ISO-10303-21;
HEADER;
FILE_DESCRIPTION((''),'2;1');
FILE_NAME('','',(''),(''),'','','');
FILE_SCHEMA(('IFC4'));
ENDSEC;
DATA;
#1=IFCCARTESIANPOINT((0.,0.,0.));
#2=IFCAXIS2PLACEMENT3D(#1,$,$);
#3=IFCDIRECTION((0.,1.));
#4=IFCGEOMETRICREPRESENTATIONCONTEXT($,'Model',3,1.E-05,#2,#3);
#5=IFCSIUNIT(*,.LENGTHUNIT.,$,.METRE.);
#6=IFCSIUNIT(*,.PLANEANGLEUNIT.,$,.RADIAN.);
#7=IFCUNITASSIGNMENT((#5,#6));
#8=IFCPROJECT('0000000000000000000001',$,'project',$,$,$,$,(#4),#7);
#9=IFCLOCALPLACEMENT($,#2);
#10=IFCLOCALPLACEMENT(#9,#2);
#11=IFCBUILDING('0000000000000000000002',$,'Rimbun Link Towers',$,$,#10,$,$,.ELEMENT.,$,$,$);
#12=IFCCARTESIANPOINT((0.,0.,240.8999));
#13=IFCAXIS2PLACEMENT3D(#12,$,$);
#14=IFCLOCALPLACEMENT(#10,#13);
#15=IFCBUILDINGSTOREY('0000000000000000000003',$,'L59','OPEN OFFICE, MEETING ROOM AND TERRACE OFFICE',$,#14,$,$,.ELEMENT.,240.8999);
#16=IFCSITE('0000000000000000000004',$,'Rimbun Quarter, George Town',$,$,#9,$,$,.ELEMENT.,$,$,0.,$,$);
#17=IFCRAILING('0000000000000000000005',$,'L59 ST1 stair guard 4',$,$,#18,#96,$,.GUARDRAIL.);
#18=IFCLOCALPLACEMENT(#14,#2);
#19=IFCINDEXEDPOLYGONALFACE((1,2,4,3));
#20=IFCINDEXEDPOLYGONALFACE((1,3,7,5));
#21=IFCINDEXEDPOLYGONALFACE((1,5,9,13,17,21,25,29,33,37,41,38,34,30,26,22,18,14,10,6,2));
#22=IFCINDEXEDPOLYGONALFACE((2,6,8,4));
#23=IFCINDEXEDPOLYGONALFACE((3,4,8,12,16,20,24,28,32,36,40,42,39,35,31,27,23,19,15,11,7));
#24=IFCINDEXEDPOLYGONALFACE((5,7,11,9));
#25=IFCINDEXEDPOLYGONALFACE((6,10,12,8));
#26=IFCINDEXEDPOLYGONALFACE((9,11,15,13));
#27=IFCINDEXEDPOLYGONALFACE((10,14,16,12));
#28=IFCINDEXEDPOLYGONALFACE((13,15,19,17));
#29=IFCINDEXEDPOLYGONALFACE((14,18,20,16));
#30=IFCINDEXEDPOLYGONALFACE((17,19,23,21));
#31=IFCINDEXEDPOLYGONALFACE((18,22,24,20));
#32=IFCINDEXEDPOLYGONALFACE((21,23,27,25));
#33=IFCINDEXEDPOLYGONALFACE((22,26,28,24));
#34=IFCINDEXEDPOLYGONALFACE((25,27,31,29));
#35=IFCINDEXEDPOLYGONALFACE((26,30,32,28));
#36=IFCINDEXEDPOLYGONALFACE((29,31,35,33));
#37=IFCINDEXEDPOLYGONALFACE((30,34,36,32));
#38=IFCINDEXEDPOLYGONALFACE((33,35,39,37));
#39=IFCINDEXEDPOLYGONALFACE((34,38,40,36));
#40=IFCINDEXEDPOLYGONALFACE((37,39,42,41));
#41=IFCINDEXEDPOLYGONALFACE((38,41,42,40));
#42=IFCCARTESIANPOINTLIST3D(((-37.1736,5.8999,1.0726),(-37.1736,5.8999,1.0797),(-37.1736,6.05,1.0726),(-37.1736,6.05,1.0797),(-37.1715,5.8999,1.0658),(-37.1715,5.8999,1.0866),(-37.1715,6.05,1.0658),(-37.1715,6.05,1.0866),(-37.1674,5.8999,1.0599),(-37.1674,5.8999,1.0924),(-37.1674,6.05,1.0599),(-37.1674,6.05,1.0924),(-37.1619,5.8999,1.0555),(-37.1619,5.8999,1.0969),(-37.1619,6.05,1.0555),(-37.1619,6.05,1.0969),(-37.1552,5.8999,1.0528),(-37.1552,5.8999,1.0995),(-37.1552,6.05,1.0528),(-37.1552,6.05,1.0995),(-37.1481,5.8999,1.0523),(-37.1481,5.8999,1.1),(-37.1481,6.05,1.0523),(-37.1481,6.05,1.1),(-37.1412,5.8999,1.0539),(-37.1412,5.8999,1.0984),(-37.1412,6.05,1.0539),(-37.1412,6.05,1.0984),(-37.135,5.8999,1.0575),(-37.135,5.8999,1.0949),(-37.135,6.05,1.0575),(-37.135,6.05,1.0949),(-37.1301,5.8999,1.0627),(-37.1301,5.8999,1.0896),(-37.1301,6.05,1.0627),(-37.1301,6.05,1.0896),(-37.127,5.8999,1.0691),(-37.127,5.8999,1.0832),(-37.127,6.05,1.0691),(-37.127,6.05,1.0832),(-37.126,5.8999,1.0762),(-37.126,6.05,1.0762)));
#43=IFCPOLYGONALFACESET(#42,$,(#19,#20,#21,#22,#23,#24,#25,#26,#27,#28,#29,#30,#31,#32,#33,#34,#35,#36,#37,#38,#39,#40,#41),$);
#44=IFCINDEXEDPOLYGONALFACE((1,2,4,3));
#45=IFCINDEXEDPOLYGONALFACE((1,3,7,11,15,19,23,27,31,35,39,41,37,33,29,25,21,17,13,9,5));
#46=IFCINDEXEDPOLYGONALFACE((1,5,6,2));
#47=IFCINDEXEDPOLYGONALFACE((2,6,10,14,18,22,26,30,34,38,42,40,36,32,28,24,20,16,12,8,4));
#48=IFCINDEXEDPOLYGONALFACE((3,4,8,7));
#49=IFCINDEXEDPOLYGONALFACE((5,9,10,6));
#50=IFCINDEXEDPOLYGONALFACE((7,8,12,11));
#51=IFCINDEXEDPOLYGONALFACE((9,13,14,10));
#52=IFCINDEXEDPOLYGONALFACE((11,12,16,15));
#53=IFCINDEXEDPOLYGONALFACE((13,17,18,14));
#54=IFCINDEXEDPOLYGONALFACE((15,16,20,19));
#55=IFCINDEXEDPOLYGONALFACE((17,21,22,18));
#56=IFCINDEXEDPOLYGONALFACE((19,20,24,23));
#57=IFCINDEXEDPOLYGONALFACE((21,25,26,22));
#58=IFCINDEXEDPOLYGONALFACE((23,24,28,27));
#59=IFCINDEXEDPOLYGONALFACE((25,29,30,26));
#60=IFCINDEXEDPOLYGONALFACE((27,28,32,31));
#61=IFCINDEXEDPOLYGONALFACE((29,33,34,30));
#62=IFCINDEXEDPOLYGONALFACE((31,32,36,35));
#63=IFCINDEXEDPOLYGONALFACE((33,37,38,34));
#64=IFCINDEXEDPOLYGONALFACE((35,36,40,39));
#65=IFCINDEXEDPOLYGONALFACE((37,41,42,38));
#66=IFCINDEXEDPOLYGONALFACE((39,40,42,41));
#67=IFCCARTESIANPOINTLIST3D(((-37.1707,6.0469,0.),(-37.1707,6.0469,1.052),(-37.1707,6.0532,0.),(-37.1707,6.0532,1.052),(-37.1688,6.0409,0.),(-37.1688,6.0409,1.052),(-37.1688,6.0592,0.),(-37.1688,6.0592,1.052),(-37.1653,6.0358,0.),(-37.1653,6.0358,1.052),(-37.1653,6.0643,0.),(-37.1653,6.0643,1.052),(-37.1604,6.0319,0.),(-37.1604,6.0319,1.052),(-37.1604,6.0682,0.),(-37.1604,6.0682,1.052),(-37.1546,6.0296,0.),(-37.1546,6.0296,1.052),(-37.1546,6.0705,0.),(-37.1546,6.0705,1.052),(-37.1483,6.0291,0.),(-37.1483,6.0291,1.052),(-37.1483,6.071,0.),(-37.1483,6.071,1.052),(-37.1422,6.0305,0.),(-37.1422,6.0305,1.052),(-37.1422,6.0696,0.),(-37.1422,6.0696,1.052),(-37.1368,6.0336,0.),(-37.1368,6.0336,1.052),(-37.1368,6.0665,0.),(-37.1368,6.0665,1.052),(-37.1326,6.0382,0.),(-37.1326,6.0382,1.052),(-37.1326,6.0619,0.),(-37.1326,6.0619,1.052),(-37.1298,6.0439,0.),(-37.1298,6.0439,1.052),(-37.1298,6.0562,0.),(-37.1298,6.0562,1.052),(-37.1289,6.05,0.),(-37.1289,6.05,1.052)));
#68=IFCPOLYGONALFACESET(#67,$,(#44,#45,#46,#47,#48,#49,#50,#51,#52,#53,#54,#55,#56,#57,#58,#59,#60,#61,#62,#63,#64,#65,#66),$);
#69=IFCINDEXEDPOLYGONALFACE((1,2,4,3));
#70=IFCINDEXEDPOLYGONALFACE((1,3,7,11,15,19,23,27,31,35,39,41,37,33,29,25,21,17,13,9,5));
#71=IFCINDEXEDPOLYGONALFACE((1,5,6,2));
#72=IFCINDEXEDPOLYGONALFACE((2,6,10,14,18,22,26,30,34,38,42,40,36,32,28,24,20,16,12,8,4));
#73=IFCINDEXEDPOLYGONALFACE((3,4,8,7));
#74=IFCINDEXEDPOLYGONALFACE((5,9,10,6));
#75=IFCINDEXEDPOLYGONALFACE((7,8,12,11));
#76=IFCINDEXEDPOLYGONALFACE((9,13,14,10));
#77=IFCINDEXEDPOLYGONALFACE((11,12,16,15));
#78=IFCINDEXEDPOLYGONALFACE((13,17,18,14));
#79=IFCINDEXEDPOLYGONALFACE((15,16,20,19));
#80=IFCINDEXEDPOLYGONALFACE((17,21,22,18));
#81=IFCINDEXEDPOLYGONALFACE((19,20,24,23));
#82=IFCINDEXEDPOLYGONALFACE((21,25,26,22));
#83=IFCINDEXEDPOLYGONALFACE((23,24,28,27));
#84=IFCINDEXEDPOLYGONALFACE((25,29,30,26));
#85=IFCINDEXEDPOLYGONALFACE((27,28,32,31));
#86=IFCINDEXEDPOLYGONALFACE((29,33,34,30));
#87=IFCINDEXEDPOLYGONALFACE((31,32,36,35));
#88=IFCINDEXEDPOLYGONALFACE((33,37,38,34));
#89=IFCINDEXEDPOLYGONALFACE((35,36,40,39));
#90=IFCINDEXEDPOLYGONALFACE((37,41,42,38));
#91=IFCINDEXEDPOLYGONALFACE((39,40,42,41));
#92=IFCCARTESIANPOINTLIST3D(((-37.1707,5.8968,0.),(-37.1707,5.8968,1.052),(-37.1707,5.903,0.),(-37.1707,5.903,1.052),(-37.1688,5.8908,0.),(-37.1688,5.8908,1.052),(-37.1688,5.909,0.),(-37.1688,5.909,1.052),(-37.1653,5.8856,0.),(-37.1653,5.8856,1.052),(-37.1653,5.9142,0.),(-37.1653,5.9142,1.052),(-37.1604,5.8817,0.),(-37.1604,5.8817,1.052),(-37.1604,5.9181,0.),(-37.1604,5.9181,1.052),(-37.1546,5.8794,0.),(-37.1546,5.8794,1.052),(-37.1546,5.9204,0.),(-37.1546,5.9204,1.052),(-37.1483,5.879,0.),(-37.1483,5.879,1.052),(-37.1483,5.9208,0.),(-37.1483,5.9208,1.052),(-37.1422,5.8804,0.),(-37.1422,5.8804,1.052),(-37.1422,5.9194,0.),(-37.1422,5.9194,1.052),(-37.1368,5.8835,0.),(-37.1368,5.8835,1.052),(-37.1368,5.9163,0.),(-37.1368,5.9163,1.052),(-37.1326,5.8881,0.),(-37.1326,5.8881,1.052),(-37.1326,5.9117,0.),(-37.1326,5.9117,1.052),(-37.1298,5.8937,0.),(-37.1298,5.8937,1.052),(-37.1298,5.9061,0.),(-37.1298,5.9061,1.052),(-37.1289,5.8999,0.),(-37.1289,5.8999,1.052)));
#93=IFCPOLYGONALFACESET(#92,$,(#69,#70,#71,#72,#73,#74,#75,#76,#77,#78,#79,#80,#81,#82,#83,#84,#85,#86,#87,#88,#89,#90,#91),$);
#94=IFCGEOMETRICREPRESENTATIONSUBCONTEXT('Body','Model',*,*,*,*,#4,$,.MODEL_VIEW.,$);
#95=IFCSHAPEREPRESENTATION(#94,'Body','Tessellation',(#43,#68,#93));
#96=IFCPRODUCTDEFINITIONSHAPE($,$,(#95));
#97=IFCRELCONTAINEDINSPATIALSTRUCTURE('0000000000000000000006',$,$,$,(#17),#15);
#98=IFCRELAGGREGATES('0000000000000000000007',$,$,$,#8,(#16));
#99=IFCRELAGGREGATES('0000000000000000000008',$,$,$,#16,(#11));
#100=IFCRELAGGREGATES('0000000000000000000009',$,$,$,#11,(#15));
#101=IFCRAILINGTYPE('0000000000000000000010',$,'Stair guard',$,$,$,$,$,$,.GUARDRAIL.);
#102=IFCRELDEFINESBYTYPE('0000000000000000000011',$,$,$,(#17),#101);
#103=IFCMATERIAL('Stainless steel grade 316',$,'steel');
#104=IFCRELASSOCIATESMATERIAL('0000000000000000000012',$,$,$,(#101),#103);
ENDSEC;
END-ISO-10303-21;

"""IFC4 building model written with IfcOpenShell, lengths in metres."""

from ifc_helpers import new_model, si_unit, direction, frame, origin, origin_2d, place, context, subcontext, project, spatial, circle, extrude, material, type_object, element, save


model = new_model("IFC4")

# Units and contexts
model_context = context("Model", 3, precision=1e-05, world=origin(), true_north=direction((0.0, 1.0)))
body_context = subcontext(model_context, "Body", "Model", "MODEL_VIEW")
ifc_project = project(units=[si_unit("LENGTHUNIT", "METRE"), si_unit("PLANEANGLEUNIT", "RADIAN")], contexts=[model_context])

# Site, building, storey
site_placement = place(None, origin())
site = spatial("IfcSite", under=ifc_project, at=site_placement, Name="Rimbun Quarter, George Town", CompositionType="ELEMENT", RefElevation=0.0)
building_placement = place(site_placement, origin())
building = spatial("IfcBuilding", under=site, at=building_placement, Name="Rimbun Link Towers", CompositionType="ELEMENT")
storey_placement = place(building_placement, frame((0.0, 0.0, 240.8999)))
storey = spatial("IfcBuildingStorey", under=building, at=storey_placement, Name="L59", Description="OPEN OFFICE, MEETING ROOM AND TERRACE OFFICE", CompositionType="ELEMENT", Elevation=240.8999)

# Railing
ifc_material_1 = material(Name="Stainless steel grade 316", Category="steel")
railing_type_1 = type_object("IfcRailingType", Name="Stair guard", PredefinedType="GUARDRAIL", material=ifc_material_1)
railing_1_placement = place(storey_placement, frame((-37.1499, 6.05, 0.0)))
element("IfcRailing", 1, at=railing_1_placement, inside=storey, type_object=railing_type_1, Name="L59 ST1 stair guard 4", PredefinedType="GUARDRAIL", context=body_context, shape_type="SweptSolid", body=[
    extrude(circle(Radius=0.0239, at=origin_2d()), frame((0.0, 0.0, 1.0762), z_axis=(0.0, -1.0, 0.0), x_axis=(1.0, 0.0, 0.0)), (0.0, 0.0, 1.0), 0.1501),
    extrude(circle(Radius=0.021, at=origin_2d()), origin(), (0.0, 0.0, 1.0), 1.052),
    extrude(circle(Radius=0.021, at=origin_2d()), frame((0.0, -0.1501, 0.0)), (0.0, 0.0, 1.0), 1.052),
])

save(model, "model.ifc")
